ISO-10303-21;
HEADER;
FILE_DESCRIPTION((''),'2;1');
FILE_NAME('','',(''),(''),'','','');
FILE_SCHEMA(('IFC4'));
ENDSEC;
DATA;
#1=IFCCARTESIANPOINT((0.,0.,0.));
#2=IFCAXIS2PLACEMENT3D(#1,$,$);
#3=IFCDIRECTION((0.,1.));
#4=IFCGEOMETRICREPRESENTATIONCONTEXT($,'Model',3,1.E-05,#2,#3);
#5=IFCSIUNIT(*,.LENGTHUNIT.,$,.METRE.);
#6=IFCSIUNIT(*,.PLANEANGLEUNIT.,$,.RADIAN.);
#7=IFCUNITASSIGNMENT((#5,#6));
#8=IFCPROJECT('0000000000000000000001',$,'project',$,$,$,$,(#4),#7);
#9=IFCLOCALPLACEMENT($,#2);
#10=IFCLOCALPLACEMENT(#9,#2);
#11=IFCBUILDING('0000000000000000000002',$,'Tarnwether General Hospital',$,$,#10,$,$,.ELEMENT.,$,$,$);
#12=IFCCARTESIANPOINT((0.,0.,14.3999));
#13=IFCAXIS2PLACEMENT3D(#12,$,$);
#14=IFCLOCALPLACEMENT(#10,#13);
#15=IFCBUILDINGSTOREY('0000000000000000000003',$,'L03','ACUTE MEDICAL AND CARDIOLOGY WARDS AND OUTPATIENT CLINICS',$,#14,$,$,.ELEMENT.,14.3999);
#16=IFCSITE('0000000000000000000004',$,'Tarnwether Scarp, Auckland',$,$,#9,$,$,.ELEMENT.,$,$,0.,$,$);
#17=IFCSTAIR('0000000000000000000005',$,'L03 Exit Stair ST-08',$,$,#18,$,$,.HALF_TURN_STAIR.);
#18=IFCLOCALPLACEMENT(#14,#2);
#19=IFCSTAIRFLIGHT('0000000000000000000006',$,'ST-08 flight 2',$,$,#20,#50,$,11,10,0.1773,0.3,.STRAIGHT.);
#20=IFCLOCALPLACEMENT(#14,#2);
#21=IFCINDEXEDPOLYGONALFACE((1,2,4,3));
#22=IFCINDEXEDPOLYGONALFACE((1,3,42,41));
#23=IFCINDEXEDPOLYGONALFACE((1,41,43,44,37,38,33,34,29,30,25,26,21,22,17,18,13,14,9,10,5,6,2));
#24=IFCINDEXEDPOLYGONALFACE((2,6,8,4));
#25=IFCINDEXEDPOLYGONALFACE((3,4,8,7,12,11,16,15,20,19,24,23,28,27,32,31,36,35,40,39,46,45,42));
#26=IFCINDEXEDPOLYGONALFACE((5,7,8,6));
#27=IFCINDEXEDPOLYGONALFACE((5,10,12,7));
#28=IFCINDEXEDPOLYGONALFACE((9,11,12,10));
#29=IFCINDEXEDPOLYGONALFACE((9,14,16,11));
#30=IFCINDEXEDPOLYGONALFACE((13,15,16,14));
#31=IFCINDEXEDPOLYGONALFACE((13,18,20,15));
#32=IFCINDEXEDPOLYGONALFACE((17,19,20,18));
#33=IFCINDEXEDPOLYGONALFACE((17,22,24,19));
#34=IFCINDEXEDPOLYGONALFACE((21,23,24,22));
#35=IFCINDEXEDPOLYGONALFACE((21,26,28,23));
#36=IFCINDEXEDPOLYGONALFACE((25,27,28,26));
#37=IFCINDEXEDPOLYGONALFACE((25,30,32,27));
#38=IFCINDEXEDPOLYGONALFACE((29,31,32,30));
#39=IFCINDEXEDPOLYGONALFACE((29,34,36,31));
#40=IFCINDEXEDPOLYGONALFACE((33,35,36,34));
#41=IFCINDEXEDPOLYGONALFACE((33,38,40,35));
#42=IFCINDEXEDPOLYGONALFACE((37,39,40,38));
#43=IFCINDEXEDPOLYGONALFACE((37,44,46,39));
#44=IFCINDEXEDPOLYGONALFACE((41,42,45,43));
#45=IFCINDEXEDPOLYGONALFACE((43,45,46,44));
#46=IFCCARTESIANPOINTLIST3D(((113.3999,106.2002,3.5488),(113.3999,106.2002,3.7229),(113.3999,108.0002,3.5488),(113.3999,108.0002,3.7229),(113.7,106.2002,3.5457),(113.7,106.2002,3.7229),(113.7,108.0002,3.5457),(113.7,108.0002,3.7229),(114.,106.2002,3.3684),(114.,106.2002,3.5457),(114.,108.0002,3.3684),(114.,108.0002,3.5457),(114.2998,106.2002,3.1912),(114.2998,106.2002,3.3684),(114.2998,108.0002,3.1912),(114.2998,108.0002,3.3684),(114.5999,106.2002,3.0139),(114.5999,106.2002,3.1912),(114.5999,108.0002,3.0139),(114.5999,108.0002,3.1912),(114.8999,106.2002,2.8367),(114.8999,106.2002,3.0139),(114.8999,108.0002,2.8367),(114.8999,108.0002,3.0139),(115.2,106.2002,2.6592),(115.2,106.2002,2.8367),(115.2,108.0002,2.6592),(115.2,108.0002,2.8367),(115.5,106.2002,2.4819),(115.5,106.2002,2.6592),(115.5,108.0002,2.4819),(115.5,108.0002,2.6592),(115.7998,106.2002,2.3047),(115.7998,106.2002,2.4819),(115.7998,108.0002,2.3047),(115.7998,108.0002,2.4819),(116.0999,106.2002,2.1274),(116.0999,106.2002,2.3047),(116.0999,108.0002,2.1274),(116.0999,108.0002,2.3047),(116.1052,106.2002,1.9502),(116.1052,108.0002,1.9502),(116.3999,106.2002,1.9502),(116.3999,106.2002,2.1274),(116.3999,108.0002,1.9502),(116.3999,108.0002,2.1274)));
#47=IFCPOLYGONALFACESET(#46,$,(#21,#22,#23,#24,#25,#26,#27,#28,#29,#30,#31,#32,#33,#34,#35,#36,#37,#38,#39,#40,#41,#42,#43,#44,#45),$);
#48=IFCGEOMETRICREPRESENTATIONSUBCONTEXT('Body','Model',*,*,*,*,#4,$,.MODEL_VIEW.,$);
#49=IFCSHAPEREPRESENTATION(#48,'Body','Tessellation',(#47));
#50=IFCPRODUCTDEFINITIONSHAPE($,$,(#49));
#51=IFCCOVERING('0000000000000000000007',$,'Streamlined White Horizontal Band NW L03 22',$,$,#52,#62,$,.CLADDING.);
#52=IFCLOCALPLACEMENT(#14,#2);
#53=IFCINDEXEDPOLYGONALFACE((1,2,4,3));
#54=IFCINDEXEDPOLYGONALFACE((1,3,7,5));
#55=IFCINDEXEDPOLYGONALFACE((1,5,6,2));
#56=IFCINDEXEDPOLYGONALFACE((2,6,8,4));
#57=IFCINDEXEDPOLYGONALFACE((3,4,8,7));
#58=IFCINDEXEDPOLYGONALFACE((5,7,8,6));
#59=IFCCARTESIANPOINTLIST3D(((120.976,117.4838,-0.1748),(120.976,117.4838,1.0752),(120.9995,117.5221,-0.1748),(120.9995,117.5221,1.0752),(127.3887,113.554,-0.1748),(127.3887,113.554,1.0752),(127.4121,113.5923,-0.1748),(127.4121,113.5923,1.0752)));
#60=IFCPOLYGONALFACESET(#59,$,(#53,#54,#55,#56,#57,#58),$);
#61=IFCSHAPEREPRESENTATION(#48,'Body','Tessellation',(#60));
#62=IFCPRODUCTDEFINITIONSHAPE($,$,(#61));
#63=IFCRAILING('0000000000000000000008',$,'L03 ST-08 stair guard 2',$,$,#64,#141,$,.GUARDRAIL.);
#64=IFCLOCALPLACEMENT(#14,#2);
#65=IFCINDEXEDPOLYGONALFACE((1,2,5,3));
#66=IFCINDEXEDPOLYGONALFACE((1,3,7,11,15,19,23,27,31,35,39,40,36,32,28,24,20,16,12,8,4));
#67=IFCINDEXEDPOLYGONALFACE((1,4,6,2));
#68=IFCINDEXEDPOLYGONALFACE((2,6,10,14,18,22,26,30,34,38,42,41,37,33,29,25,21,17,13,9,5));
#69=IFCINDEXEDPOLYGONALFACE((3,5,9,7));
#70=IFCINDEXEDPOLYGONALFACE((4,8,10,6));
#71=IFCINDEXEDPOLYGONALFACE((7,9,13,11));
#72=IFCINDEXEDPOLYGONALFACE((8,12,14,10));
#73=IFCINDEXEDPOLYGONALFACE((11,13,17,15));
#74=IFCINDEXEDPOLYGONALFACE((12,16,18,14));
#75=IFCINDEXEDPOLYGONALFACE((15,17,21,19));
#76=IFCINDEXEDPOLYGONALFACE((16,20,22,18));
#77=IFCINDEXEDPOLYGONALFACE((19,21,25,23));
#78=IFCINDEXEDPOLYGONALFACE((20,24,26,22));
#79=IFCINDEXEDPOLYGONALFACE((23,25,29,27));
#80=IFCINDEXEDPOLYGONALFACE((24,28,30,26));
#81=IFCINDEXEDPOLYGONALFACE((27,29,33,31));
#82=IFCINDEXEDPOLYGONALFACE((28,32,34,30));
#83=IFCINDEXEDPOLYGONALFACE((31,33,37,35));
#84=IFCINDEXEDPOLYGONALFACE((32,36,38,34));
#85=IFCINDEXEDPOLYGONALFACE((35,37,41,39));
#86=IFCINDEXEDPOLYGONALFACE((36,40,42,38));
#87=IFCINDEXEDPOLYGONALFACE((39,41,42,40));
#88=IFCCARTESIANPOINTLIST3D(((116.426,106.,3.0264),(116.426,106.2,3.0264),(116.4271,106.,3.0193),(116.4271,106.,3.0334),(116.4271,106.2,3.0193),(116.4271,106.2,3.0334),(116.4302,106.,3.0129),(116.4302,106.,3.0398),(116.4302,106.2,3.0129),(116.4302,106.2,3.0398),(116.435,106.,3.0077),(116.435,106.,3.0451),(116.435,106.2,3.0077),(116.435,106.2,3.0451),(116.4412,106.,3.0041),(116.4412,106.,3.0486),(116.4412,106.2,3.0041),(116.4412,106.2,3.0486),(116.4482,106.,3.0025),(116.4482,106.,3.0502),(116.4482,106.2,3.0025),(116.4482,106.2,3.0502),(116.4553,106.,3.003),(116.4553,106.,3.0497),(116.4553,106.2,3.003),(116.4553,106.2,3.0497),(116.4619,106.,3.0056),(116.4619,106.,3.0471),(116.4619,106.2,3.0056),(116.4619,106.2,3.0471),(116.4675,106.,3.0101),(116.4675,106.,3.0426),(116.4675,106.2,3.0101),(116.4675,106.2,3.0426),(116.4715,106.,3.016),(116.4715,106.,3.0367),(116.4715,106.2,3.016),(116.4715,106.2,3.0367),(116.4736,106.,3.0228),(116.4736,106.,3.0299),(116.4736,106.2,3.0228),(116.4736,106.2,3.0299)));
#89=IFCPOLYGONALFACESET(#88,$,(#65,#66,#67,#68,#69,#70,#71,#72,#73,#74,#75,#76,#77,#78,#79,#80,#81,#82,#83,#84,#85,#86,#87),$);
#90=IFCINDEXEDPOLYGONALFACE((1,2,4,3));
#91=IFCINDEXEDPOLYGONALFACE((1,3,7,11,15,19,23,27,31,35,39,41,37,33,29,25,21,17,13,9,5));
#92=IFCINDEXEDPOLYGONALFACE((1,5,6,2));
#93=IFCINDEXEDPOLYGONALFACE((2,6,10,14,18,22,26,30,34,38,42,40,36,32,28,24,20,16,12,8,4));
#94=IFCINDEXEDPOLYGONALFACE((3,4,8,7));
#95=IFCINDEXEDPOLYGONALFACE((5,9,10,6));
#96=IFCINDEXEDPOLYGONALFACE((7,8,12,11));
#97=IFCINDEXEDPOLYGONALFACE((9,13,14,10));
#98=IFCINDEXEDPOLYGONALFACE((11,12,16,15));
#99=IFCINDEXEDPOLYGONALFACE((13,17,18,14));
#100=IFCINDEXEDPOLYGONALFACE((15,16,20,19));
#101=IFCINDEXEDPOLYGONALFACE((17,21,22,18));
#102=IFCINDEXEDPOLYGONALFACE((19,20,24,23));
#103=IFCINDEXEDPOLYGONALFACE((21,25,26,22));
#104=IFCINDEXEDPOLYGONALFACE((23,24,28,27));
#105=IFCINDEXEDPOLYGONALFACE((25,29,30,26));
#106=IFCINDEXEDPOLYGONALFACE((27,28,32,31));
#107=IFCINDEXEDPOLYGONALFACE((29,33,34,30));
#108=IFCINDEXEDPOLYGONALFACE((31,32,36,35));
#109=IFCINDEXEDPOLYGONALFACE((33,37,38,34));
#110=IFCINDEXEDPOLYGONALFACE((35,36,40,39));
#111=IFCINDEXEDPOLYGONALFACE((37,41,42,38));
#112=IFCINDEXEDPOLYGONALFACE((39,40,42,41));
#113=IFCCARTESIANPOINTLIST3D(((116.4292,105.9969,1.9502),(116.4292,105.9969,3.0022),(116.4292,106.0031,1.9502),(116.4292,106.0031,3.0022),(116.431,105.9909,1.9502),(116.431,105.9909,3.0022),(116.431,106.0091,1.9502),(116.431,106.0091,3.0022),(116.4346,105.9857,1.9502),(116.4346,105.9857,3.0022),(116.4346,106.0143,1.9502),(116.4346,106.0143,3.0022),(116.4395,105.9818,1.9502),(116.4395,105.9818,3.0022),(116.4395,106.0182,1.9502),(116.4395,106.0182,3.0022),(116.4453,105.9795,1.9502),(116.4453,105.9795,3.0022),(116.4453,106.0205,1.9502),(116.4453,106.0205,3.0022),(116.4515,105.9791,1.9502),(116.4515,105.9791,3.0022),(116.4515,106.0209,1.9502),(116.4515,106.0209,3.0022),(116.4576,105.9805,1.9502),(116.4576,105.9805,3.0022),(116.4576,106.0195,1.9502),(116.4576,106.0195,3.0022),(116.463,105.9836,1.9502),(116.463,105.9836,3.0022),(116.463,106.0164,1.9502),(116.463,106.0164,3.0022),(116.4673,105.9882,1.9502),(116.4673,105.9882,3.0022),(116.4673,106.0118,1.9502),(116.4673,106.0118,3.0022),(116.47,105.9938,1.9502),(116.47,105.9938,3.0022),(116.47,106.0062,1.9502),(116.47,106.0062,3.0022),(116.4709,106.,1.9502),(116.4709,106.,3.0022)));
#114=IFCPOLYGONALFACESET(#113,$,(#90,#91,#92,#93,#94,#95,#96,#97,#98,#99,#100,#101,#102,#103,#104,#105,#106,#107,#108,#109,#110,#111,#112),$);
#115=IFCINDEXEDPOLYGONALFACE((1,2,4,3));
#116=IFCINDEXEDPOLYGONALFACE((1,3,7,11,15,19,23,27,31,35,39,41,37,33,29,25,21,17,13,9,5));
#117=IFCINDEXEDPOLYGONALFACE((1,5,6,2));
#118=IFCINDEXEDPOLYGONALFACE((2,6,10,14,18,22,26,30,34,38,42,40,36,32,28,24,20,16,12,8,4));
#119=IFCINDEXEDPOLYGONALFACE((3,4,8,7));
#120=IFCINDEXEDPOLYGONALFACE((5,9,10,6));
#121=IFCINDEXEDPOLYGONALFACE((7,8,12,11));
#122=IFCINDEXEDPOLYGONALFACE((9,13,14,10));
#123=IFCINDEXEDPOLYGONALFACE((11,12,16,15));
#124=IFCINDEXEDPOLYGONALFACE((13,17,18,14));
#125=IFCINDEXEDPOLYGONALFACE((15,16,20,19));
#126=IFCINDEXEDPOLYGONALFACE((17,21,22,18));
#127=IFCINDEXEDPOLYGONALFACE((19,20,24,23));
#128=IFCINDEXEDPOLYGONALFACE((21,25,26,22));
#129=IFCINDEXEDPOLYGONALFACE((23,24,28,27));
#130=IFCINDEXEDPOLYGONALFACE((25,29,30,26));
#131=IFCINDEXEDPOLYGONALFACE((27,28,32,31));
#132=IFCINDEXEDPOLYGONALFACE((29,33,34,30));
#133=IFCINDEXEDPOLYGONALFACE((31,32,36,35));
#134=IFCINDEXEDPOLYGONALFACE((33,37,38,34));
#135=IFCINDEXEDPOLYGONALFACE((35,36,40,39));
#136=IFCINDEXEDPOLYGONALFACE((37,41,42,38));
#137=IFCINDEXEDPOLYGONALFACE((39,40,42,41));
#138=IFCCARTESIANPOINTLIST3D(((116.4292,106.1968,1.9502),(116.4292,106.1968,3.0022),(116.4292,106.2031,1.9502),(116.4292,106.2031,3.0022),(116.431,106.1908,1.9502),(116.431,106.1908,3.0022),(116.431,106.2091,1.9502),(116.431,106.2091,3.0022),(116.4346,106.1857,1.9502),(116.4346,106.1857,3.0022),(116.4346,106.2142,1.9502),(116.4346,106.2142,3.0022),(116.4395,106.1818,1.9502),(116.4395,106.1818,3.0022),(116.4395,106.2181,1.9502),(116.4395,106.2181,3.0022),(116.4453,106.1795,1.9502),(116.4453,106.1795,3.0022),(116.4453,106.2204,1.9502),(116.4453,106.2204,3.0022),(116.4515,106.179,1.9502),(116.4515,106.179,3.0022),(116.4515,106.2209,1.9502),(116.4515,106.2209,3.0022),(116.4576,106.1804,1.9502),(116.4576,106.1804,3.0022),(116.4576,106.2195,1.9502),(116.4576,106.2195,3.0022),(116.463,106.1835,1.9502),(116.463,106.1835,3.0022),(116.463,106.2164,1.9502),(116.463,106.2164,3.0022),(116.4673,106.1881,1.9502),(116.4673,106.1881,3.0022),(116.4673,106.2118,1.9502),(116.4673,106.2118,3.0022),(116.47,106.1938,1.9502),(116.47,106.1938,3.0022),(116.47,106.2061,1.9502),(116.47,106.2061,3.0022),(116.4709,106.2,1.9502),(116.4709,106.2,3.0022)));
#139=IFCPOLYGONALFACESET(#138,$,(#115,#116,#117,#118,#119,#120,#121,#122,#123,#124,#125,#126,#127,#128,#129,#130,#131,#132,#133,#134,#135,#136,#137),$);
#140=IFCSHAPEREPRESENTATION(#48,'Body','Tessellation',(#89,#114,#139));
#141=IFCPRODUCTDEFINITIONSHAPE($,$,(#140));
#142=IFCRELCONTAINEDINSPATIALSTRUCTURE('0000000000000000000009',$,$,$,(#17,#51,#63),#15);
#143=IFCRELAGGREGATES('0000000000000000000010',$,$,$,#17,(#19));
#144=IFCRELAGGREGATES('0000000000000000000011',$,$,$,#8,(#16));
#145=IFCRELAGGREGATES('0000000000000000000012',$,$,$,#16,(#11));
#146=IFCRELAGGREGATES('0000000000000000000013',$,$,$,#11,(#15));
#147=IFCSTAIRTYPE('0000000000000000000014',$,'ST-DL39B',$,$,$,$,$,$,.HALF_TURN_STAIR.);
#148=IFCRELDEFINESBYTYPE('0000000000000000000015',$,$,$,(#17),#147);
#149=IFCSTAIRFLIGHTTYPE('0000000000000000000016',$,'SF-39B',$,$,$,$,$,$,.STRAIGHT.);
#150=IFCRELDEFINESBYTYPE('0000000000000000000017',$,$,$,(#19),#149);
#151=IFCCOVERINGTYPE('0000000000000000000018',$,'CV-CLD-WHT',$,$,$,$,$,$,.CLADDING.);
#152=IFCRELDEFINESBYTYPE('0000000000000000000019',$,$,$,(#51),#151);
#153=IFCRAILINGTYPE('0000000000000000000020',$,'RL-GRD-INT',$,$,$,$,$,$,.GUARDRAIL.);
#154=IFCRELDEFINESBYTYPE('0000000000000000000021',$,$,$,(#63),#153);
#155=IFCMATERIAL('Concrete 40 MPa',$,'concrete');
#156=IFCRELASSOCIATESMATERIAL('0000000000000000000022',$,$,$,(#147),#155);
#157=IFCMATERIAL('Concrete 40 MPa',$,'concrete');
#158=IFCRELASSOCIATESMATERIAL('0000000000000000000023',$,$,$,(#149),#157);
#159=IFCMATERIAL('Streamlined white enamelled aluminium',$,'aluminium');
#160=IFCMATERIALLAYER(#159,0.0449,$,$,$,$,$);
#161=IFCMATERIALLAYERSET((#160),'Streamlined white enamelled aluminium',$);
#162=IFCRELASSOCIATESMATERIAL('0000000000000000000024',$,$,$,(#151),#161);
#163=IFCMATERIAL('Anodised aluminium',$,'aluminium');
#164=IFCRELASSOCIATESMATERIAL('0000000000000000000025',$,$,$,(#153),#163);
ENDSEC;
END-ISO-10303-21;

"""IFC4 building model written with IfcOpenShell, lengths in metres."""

from ifc_helpers import new_model, si_unit, direction, frame, origin, origin_2d, place, context, subcontext, project, spatial, polyline, rectangle, circle, outline, extrude, material, layer, layer_set, type_object, element, aggregate, save


model = new_model("IFC4")

# Units and contexts
model_context = context("Model", 3, precision=1e-05, world=origin(), true_north=direction((0.0, 1.0)))
body_context = subcontext(model_context, "Body", "Model", "MODEL_VIEW")
ifc_project = project(units=[si_unit("LENGTHUNIT", "METRE"), si_unit("PLANEANGLEUNIT", "RADIAN")], contexts=[model_context])

# Site, building, storey
site_placement = place(None, origin())
site = spatial("IfcSite", under=ifc_project, at=site_placement, Name="Tarnwether Scarp, Auckland", CompositionType="ELEMENT", RefElevation=0.0)
building_placement = place(site_placement, origin())
building = spatial("IfcBuilding", under=site, at=building_placement, Name="Tarnwether General Hospital", CompositionType="ELEMENT")
storey_placement = place(building_placement, frame((0.0, 0.0, 14.3999)))
storey = spatial("IfcBuildingStorey", under=building, at=storey_placement, Name="L03", Description="ACUTE MEDICAL AND CARDIOLOGY WARDS AND OUTPATIENT CLINICS", CompositionType="ELEMENT", Elevation=14.3999)

# Stair, stair flight
ifc_material_1 = material(Name="Concrete 40 MPa", Category="concrete")
stair_type = type_object("IfcStairType", Name="ST-DL39B", PredefinedType="HALF_TURN_STAIR", material=ifc_material_1)
stair_placement = place(storey_placement, origin())
stair = element("IfcStair", 1, at=stair_placement, inside=storey, type_object=stair_type, Name="L03 Exit Stair ST-08", PredefinedType="HALF_TURN_STAIR")
ifc_material_2 = material(Name="Concrete 40 MPa", Category="concrete")
stair_flight_type = type_object("IfcStairFlightType", Name="SF-39B", PredefinedType="STRAIGHT", material=ifc_material_2)
stair_flight_placement = place(storey_placement, frame((116.3999, 107.1001, 1.9502), z_axis=(0.0, 0.0, 1.0), x_axis=(-1.0, 0.0, 0.0)))
stair_flight = element("IfcStairFlight", 2, at=stair_flight_placement, type_object=stair_flight_type, Name="ST-08 flight 2", NumberOfRisers=11, NumberOfTreads=10, PredefinedType="STRAIGHT", RiserHeight=0.1773, TreadLength=0.3, context=body_context, shape_type="SweptSolid", body=[
    extrude(outline(polyline([(0.0, 0.0), (0.0, 0.1772), (0.3, 0.1772), (0.3, 0.3545), (0.6001, 0.3545), (0.6001, 0.5317), (0.8999, 0.5317), (0.8999, 0.709), (1.2, 0.709), (1.2, 0.8865), (1.5, 0.8865), (1.5, 1.0637), (1.8, 1.0637), (1.8, 1.241), (2.1001, 1.241), (2.1001, 1.4182), (2.3999, 1.4182), (2.3999, 1.5955), (2.7, 1.5955), (2.7, 1.7727), (3.0, 1.7727), (3.0, 1.95), (3.0, 1.5986), (0.2947, 0.0), (0.0, 0.0)])), frame((0.0, 0.8999, 0.0), z_axis=(0.0, -1.0, 0.0), x_axis=(1.0, 0.0, 0.0)), (0.0, 0.0, 1.0), 1.8),
])
aggregate(stair, [stair_flight])

# Covering
ifc_material_3 = material(Name="Streamlined white enamelled aluminium", Category="aluminium")
ifc_layer_1 = layer(ifc_material_3, 0.0449)
ifc_layer_set_1 = layer_set([ifc_layer_1], Name="Streamlined white enamelled aluminium")
covering_type = type_object("IfcCoveringType", Name="CV-CLD-WHT", PredefinedType="CLADDING", material=ifc_layer_set_1)
covering_placement = place(storey_placement, frame((124.1941, 115.5381, -0.1748), z_axis=(0.0, 0.0, 1.0), x_axis=(0.852631, -0.522513, 0.0)))
element("IfcCovering", 3, at=covering_placement, inside=storey, type_object=covering_type, Name="Streamlined White Horizontal Band NW L03 22", PredefinedType="CLADDING", context=body_context, shape_type="SweptSolid", body=[
    extrude(rectangle(XDim=7.521, YDim=0.0449, at=origin_2d()), origin(), (0.0, 0.0, 1.0), 1.25),
])

# Railing
ifc_material_4 = material(Name="Anodised aluminium", Category="aluminium")
railing_type_1 = type_object("IfcRailingType", Name="RL-GRD-INT", PredefinedType="GUARDRAIL", material=ifc_material_4)
railing_1_placement = place(storey_placement, frame((116.45, 106.0, 1.9502)))
element("IfcRailing", 4, at=railing_1_placement, inside=storey, type_object=railing_type_1, Name="L03 ST-08 stair guard 2", PredefinedType="GUARDRAIL", context=body_context, shape_type="SweptSolid", body=[
    extrude(circle(Radius=0.0239, at=origin_2d()), frame((0.0, 0.0, 1.0762), z_axis=(0.0, 1.0, 0.0), x_axis=(-1.0, 0.0, 0.0)), (0.0, 0.0, 1.0), 0.2),
    extrude(circle(Radius=0.021, at=origin_2d()), origin(), (0.0, 0.0, 1.0), 1.052),
    extrude(circle(Radius=0.021, at=origin_2d()), frame((0.0, 0.2, 0.0)), (0.0, 0.0, 1.0), 1.052),
])

save(model, "model.ifc")
